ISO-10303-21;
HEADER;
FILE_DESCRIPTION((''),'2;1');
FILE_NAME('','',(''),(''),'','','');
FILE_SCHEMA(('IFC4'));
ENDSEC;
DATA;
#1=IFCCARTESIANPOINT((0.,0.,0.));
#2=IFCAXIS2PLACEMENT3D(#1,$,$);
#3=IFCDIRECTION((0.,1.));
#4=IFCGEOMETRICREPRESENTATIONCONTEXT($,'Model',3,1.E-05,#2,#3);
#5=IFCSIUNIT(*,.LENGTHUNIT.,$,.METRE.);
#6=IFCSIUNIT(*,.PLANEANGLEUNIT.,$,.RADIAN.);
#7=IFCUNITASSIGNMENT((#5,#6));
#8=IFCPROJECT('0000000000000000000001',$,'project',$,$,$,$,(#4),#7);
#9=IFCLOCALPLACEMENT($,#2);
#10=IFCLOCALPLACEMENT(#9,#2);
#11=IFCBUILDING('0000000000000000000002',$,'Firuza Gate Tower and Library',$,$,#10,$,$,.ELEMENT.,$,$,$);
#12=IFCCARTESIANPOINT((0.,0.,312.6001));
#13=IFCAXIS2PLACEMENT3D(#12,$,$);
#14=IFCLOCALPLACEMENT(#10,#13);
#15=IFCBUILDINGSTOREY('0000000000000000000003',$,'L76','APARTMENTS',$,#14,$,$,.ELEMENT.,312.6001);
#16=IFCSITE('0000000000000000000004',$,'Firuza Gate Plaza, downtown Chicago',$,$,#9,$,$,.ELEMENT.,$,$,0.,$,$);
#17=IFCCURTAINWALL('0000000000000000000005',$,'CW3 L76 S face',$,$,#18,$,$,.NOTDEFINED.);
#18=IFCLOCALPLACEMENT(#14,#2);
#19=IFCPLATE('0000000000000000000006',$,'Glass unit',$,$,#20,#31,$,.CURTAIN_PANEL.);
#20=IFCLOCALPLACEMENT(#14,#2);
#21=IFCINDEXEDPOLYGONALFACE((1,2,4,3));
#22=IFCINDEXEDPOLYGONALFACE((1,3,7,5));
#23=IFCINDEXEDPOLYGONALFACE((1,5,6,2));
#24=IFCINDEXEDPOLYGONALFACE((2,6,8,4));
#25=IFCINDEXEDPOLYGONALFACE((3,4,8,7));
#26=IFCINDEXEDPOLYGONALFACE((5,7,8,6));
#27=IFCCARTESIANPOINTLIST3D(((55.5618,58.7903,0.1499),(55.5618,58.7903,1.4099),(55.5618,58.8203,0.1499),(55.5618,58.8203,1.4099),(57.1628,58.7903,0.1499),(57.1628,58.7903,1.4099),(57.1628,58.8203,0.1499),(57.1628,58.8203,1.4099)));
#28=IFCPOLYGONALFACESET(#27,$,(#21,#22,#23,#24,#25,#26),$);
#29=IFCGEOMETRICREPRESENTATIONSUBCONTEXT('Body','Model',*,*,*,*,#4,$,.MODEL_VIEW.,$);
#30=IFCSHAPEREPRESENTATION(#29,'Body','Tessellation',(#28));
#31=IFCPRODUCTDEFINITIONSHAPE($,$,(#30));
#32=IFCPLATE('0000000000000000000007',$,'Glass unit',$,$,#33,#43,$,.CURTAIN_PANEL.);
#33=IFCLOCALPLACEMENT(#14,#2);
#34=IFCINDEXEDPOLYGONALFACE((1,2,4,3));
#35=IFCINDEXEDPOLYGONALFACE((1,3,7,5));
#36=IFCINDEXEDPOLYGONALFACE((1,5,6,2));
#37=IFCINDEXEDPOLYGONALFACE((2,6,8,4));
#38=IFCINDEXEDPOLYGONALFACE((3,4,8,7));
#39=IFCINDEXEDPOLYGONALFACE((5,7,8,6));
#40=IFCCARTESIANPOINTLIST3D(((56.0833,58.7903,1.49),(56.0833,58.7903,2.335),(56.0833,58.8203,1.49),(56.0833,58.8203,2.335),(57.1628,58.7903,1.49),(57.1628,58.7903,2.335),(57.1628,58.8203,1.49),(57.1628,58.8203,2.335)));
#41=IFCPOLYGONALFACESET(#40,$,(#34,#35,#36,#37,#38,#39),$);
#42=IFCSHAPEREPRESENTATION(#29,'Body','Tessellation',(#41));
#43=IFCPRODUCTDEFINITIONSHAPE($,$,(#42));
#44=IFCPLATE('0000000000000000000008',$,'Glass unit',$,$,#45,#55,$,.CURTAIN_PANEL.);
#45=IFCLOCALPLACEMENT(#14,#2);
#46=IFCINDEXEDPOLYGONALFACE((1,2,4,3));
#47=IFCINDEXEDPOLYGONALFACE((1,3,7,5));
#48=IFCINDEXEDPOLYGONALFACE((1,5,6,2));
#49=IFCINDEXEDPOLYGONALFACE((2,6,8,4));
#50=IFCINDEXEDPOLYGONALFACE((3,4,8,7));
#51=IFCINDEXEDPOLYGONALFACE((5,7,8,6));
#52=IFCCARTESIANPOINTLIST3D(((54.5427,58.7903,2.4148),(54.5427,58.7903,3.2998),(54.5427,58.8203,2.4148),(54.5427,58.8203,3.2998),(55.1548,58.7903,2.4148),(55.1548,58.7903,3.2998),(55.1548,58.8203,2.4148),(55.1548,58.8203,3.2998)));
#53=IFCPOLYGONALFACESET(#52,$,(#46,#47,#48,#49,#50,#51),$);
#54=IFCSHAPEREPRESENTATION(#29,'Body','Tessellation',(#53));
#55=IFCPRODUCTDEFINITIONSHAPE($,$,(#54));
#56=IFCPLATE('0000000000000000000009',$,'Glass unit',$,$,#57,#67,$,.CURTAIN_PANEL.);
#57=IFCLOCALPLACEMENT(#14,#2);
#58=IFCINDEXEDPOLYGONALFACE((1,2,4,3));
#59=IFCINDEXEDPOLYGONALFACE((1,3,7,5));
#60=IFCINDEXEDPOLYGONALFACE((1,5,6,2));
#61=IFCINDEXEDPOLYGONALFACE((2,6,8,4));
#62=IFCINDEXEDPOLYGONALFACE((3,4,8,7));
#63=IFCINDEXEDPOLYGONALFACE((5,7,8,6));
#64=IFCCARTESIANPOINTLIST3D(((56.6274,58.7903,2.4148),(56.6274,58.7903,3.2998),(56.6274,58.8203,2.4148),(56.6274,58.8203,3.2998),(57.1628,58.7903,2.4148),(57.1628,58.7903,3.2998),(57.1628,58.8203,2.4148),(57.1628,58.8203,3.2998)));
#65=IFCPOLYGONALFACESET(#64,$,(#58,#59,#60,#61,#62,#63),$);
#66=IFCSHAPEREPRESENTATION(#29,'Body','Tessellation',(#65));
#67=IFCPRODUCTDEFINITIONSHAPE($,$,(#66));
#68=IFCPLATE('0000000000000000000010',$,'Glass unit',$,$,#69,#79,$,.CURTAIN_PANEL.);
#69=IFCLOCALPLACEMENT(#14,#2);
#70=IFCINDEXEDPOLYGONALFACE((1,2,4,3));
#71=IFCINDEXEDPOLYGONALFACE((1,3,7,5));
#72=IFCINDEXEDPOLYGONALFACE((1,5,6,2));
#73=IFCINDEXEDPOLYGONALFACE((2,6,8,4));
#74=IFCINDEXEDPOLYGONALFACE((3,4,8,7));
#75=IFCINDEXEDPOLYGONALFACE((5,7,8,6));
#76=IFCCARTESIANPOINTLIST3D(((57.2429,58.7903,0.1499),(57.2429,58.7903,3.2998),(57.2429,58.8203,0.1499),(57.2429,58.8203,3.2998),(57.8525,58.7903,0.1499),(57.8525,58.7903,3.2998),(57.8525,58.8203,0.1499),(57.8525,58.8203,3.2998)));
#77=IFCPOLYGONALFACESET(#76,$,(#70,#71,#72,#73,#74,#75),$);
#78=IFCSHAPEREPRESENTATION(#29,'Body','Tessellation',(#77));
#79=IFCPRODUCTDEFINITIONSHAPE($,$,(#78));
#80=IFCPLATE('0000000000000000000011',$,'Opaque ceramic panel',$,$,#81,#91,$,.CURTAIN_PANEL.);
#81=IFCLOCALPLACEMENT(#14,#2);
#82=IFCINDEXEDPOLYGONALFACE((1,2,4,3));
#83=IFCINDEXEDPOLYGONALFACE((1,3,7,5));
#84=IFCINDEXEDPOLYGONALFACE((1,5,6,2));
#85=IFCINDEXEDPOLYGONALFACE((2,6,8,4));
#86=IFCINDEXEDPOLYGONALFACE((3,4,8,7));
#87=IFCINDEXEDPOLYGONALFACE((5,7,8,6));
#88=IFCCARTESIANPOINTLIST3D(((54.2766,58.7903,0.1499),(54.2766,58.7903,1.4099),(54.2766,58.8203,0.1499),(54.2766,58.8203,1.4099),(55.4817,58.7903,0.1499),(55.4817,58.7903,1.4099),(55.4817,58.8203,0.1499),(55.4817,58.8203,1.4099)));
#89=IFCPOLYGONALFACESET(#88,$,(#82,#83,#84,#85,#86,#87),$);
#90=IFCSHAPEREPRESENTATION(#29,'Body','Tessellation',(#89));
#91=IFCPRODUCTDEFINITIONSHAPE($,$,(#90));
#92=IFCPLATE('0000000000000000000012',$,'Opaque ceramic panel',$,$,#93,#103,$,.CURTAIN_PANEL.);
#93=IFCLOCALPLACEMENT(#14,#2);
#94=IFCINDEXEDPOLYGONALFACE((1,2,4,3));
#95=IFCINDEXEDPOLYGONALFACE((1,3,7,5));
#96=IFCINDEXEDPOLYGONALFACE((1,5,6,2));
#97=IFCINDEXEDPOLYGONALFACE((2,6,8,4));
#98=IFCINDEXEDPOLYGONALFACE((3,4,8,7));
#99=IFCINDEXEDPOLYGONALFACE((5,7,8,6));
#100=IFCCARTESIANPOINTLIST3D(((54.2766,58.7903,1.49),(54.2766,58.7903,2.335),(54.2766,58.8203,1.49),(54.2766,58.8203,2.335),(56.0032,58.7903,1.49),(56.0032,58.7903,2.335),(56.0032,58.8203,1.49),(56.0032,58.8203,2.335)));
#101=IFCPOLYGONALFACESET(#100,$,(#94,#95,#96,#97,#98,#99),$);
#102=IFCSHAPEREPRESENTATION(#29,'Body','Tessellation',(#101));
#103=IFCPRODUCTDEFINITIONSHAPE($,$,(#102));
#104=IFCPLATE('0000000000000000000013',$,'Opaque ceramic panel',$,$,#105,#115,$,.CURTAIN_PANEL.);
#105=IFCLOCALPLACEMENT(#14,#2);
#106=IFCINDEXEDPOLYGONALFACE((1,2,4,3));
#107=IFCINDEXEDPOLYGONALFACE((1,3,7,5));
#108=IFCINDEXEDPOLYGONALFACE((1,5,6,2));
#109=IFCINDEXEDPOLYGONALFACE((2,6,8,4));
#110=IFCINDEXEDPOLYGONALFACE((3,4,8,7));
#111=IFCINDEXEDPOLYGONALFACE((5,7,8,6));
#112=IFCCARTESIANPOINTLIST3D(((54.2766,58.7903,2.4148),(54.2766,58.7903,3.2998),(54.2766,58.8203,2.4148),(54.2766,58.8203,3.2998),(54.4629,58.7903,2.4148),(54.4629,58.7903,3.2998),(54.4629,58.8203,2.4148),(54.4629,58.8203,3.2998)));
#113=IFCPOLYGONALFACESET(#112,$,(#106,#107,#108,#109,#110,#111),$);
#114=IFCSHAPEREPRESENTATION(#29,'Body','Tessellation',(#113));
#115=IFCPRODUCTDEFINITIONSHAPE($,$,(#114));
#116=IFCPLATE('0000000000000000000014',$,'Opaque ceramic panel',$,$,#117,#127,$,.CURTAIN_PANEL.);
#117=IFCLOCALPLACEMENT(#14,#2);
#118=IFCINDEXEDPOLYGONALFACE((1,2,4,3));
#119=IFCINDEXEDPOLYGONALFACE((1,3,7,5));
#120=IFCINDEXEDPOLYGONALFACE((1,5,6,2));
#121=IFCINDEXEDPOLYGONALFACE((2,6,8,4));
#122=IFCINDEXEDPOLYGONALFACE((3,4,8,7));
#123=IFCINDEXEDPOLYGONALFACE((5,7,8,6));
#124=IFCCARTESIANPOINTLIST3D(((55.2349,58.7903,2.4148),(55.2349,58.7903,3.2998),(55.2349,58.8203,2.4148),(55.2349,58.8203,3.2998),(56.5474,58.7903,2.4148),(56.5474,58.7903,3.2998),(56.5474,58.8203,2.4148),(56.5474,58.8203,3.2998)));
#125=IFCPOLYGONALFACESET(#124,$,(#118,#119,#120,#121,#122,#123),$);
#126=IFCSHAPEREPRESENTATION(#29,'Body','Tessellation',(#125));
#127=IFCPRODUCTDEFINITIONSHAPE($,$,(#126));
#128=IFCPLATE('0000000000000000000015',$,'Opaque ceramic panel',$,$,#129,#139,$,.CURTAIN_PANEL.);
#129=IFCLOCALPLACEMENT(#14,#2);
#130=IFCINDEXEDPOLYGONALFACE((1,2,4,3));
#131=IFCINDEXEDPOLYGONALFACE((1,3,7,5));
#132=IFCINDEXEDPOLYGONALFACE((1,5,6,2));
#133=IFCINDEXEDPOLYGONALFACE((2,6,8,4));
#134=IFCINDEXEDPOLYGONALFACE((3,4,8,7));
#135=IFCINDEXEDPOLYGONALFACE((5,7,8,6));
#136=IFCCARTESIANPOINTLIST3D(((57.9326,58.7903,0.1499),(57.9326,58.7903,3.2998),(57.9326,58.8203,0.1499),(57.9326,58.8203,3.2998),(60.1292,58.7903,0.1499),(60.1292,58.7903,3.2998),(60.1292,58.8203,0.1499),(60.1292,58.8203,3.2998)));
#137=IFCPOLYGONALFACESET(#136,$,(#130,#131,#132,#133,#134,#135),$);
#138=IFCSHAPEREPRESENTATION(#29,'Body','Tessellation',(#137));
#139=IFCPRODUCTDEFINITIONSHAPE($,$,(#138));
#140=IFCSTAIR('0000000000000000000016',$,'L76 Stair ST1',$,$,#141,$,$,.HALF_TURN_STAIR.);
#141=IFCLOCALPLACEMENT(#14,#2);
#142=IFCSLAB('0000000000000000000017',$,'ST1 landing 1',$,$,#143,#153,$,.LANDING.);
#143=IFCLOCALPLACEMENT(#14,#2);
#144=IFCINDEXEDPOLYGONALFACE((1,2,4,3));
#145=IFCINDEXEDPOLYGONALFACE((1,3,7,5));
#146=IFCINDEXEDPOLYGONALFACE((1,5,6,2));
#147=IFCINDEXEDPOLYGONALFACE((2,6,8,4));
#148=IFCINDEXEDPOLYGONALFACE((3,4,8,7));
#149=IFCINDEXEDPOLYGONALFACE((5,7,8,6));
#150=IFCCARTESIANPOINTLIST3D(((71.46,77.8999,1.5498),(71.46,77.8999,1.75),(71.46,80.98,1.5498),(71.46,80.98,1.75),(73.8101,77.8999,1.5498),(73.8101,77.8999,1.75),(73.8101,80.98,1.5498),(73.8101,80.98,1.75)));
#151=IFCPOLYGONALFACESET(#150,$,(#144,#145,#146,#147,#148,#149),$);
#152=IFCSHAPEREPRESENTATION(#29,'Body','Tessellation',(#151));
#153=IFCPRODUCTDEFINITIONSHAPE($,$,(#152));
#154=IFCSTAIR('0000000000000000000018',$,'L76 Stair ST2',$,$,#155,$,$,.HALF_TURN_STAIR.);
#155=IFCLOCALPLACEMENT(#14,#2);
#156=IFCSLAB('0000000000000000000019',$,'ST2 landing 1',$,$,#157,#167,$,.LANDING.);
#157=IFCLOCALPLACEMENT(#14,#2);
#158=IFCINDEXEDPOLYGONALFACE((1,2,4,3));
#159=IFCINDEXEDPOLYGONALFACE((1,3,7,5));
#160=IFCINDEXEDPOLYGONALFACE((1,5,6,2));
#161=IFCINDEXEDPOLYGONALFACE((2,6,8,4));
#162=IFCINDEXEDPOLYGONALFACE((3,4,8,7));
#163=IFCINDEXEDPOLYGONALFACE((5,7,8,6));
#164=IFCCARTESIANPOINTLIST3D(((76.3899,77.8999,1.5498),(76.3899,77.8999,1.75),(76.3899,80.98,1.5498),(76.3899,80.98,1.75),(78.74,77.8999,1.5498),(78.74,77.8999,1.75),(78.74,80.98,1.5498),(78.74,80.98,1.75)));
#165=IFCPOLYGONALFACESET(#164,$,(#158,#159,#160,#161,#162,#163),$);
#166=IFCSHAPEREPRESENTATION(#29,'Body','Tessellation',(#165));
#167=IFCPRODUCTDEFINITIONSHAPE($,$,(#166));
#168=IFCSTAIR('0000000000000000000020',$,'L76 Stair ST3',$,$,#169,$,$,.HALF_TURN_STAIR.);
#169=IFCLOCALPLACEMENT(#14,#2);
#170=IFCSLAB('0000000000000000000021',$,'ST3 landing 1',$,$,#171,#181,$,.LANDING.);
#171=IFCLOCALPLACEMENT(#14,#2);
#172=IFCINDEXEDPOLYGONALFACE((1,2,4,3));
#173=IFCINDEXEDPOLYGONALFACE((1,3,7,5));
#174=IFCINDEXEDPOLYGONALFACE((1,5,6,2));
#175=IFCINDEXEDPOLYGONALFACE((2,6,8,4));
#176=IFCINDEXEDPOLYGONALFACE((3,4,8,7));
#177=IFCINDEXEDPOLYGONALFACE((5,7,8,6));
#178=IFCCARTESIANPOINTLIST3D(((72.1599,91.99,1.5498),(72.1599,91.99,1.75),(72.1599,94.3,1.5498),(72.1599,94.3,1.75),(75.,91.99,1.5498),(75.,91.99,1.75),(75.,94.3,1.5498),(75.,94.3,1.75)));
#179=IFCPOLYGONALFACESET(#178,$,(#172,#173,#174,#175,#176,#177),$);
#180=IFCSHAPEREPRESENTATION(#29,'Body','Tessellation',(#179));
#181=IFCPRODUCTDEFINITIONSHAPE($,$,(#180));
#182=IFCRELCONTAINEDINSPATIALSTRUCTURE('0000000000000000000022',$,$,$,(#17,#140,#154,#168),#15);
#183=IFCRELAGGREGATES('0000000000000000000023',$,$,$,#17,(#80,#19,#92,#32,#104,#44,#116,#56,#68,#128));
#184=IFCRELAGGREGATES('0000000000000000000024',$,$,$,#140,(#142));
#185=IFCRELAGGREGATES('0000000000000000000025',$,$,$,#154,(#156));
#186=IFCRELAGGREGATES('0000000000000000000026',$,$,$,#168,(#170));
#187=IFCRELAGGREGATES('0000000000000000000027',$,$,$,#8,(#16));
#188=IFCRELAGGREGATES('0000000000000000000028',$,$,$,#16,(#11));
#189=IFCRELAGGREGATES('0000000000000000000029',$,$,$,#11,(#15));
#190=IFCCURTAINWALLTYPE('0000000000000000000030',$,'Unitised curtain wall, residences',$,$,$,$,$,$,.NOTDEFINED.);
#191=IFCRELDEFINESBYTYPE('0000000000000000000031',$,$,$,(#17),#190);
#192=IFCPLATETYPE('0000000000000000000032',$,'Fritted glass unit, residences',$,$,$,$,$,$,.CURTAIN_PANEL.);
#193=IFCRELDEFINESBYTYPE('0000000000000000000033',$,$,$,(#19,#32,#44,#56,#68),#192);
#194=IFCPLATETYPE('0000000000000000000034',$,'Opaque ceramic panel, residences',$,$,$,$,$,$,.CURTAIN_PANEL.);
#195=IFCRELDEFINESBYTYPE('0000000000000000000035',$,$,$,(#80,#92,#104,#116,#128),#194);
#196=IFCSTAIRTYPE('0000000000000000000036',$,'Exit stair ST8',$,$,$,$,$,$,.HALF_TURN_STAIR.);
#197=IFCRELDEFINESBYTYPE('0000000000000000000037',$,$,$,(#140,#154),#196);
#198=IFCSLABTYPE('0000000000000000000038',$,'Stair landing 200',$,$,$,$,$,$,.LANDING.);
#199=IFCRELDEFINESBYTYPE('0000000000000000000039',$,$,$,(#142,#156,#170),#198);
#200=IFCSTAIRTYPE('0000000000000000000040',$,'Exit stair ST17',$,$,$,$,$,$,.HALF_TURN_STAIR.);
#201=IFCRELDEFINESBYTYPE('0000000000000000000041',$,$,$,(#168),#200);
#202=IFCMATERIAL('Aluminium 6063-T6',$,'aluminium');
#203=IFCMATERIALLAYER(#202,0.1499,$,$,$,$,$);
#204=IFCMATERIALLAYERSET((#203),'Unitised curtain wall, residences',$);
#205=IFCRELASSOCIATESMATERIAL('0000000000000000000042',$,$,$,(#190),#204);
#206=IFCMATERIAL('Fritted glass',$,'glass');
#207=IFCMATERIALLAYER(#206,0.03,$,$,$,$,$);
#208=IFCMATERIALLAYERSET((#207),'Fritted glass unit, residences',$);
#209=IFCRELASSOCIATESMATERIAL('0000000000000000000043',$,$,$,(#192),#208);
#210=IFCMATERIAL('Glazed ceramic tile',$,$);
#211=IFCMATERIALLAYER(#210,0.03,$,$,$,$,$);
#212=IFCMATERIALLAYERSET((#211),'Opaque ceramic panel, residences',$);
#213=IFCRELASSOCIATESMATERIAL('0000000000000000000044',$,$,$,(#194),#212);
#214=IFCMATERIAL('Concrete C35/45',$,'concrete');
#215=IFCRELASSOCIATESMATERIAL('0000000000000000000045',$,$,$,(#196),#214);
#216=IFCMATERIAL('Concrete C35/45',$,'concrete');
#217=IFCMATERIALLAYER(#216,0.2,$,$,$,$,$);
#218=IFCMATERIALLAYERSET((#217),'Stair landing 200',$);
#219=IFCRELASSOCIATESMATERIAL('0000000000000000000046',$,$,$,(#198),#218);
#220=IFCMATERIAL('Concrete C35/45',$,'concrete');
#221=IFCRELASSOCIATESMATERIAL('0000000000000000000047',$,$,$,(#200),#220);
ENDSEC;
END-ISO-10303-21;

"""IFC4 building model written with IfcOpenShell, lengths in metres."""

from ifc_helpers import new_model, si_unit, direction, frame, origin, place, context, subcontext, project, spatial, polyline, outline, extrude, material, layer, layer_set, type_object, element, aggregate, save


model = new_model("IFC4")

# Units and contexts
model_context = context("Model", 3, precision=1e-05, world=origin(), true_north=direction((0.0, 1.0)))
body_context = subcontext(model_context, "Body", "Model", "MODEL_VIEW")
ifc_project = project(units=[si_unit("LENGTHUNIT", "METRE"), si_unit("PLANEANGLEUNIT", "RADIAN")], contexts=[model_context])

# Site, building, storey
site_placement = place(None, origin())
site = spatial("IfcSite", under=ifc_project, at=site_placement, Name="Firuza Gate Plaza, downtown Chicago", CompositionType="ELEMENT", RefElevation=0.0)
building_placement = place(site_placement, origin())
building = spatial("IfcBuilding", under=site, at=building_placement, Name="Firuza Gate Tower and Library", CompositionType="ELEMENT")
storey_placement = place(building_placement, frame((0.0, 0.0, 312.6001)))
storey = spatial("IfcBuildingStorey", under=building, at=storey_placement, Name="L76", Description="APARTMENTS", CompositionType="ELEMENT", Elevation=312.6001)

# Curtain wall
ifc_material_1 = material(Name="Aluminium 6063-T6", Category="aluminium")
ifc_layer_1 = layer(ifc_material_1, 0.1499)
ifc_layer_set_1 = layer_set([ifc_layer_1], Name="Unitised curtain wall, residences")
curtain_wall_type_1 = type_object("IfcCurtainWallType", Name="Unitised curtain wall, residences", PredefinedType="NOTDEFINED", material=ifc_layer_set_1)
placement_1 = place(storey_placement, origin())
curtain_wall_1 = element("IfcCurtainWall", 1, at=placement_1, inside=storey, type_object=curtain_wall_type_1, Name="CW3 L76 S face", PredefinedType="NOTDEFINED")

# Plates
ifc_material_2 = material(Name="Fritted glass", Category="glass")
ifc_layer_2 = layer(ifc_material_2, 0.03)
ifc_layer_set_2 = layer_set([ifc_layer_2], Name="Fritted glass unit, residences")
plate_type_1 = type_object("IfcPlateType", Name="Fritted glass unit, residences", PredefinedType="CURTAIN_PANEL", material=ifc_layer_set_2)
plate_1_placement = place(storey_placement, frame((55.5618, 58.7903, 0.1499), z_axis=(0.0, -1.0, 0.0), x_axis=(1.0, 0.0, 0.0)))
plate_1 = element("IfcPlate", 2, at=plate_1_placement, type_object=plate_type_1, Name="Glass unit", PredefinedType="CURTAIN_PANEL", context=body_context, shape_type="SweptSolid", body=[
    extrude(outline(polyline([(0.0, 0.0), (1.6011, 0.0), (1.6011, 1.26), (0.0, 1.26), (0.0, 0.0)])), origin(), (0.0, 0.0, -1.0), 0.03),
])
plate_2_placement = place(storey_placement, frame((56.0833, 58.7903, 1.49), z_axis=(0.0, -1.0, 0.0), x_axis=(1.0, 0.0, 0.0)))
plate_2 = element("IfcPlate", 3, at=plate_2_placement, type_object=plate_type_1, Name="Glass unit", PredefinedType="CURTAIN_PANEL", context=body_context, shape_type="SweptSolid", body=[
    extrude(outline(polyline([(0.0, 0.0), (1.0796, 0.0), (1.0796, 0.845), (0.0, 0.845), (0.0, 0.0)])), origin(), (0.0, 0.0, -1.0), 0.03),
])
plate_3_placement = place(storey_placement, frame((54.5427, 58.7903, 2.4148), z_axis=(0.0, -1.0, 0.0), x_axis=(1.0, 0.0, 0.0)))
plate_3 = element("IfcPlate", 4, at=plate_3_placement, type_object=plate_type_1, Name="Glass unit", PredefinedType="CURTAIN_PANEL", context=body_context, shape_type="SweptSolid", body=[
    extrude(outline(polyline([(0.0, 0.0), (0.6121, 0.0), (0.6121, 0.885), (0.0, 0.885), (0.0, 0.0)])), origin(), (0.0, 0.0, -1.0), 0.03),
])
plate_4_placement = place(storey_placement, frame((56.6274, 58.7903, 2.4148), z_axis=(0.0, -1.0, 0.0), x_axis=(1.0, 0.0, 0.0)))
plate_4 = element("IfcPlate", 5, at=plate_4_placement, type_object=plate_type_1, Name="Glass unit", PredefinedType="CURTAIN_PANEL", context=body_context, shape_type="SweptSolid", body=[
    extrude(outline(polyline([(0.0, 0.0), (0.5354, 0.0), (0.5354, 0.885), (0.0, 0.885), (0.0, 0.0)])), origin(), (0.0, 0.0, -1.0), 0.03),
])
plate_5_placement = place(storey_placement, frame((57.2429, 58.7903, 0.1499), z_axis=(0.0, -1.0, 0.0), x_axis=(1.0, 0.0, 0.0)))
plate_5 = element("IfcPlate", 6, at=plate_5_placement, type_object=plate_type_1, Name="Glass unit", PredefinedType="CURTAIN_PANEL", context=body_context, shape_type="SweptSolid", body=[
    extrude(outline(polyline([(0.0, 0.0), (0.6096, 0.0), (0.6096, 3.1499), (0.0, 3.1499), (0.0, 0.0)])), origin(), (0.0, 0.0, -1.0), 0.03),
])
ifc_material_3 = material(Name="Glazed ceramic tile")
ifc_layer_3 = layer(ifc_material_3, 0.03)
ifc_layer_set_3 = layer_set([ifc_layer_3], Name="Opaque ceramic panel, residences")
plate_type_2 = type_object("IfcPlateType", Name="Opaque ceramic panel, residences", PredefinedType="CURTAIN_PANEL", material=ifc_layer_set_3)
plate_6_placement = place(storey_placement, frame((54.2766, 58.7903, 0.1499), z_axis=(0.0, -1.0, 0.0), x_axis=(1.0, 0.0, 0.0)))
plate_6 = element("IfcPlate", 7, at=plate_6_placement, type_object=plate_type_2, Name="Opaque ceramic panel", PredefinedType="CURTAIN_PANEL", context=body_context, shape_type="SweptSolid", body=[
    extrude(outline(polyline([(0.0, 0.0), (1.2051, 0.0), (1.2051, 1.26), (0.0, 1.26), (0.0, 0.0)])), origin(), (0.0, 0.0, -1.0), 0.03),
])
plate_7_placement = place(storey_placement, frame((54.2766, 58.7903, 1.49), z_axis=(0.0, -1.0, 0.0), x_axis=(1.0, 0.0, 0.0)))
plate_7 = element("IfcPlate", 8, at=plate_7_placement, type_object=plate_type_2, Name="Opaque ceramic panel", PredefinedType="CURTAIN_PANEL", context=body_context, shape_type="SweptSolid", body=[
    extrude(outline(polyline([(0.0, 0.0), (1.7266, 0.0), (1.7266, 0.845), (0.0, 0.845), (0.0, 0.0)])), origin(), (0.0, 0.0, -1.0), 0.03),
])
plate_8_placement = place(storey_placement, frame((54.2766, 58.7903, 2.4148), z_axis=(0.0, -1.0, 0.0), x_axis=(1.0, 0.0, 0.0)))
plate_8 = element("IfcPlate", 9, at=plate_8_placement, type_object=plate_type_2, Name="Opaque ceramic panel", PredefinedType="CURTAIN_PANEL", context=body_context, shape_type="SweptSolid", body=[
    extrude(outline(polyline([(0.0, 0.0), (0.1863, 0.0), (0.1863, 0.885), (0.0, 0.885), (0.0, 0.0)])), origin(), (0.0, 0.0, -1.0), 0.03),
])
plate_9_placement = place(storey_placement, frame((55.2349, 58.7903, 2.4148), z_axis=(0.0, -1.0, 0.0), x_axis=(1.0, 0.0, 0.0)))
plate_9 = element("IfcPlate", 10, at=plate_9_placement, type_object=plate_type_2, Name="Opaque ceramic panel", PredefinedType="CURTAIN_PANEL", context=body_context, shape_type="SweptSolid", body=[
    extrude(outline(polyline([(0.0, 0.0), (1.3125, 0.0), (1.3125, 0.885), (0.0, 0.885), (0.0, 0.0)])), origin(), (0.0, 0.0, -1.0), 0.03),
])
plate_10_placement = place(storey_placement, frame((57.9326, 58.7903, 0.1499), z_axis=(0.0, -1.0, 0.0), x_axis=(1.0, 0.0, 0.0)))
plate_10 = element("IfcPlate", 11, at=plate_10_placement, type_object=plate_type_2, Name="Opaque ceramic panel", PredefinedType="CURTAIN_PANEL", context=body_context, shape_type="SweptSolid", body=[
    extrude(outline(polyline([(0.0, 0.0), (2.1965, 0.0), (2.1965, 3.1499), (0.0, 3.1499), (0.0, 0.0)])), origin(), (0.0, 0.0, -1.0), 0.03),
])
aggregate(curtain_wall_1, [plate_6, plate_1, plate_7, plate_2, plate_8, plate_3, plate_9, plate_4, plate_5, plate_10])

# Stairs, slabs
ifc_material_4 = material(Name="Concrete C35/45", Category="concrete")
stair_type_1 = type_object("IfcStairType", Name="Exit stair ST8", PredefinedType="HALF_TURN_STAIR", material=ifc_material_4)
stair_1 = element("IfcStair", 12, at=placement_1, inside=storey, type_object=stair_type_1, Name="L76 Stair ST1", PredefinedType="HALF_TURN_STAIR")
ifc_material_5 = material(Name="Concrete C35/45", Category="concrete")
ifc_layer_4 = layer(ifc_material_5, 0.2)
ifc_layer_set_4 = layer_set([ifc_layer_4], Name="Stair landing 200")
slab_type_1 = type_object("IfcSlabType", Name="Stair landing 200", PredefinedType="LANDING", material=ifc_layer_set_4)
placement_2 = place(storey_placement, frame((0.0, 0.0, 1.5498)))
slab_1 = element("IfcSlab", 13, at=placement_2, type_object=slab_type_1, Name="ST1 landing 1", PredefinedType="LANDING", context=body_context, shape_type="SweptSolid", body=[
    extrude(outline(polyline([(71.46, 77.8999), (73.8101, 77.8999), (73.8101, 80.98), (71.46, 80.98), (71.46, 77.8999)])), origin(), (0.0, 0.0, 1.0), 0.2002),
])
aggregate(stair_1, [slab_1])
stair_2 = element("IfcStair", 14, at=placement_1, inside=storey, type_object=stair_type_1, Name="L76 Stair ST2", PredefinedType="HALF_TURN_STAIR")
slab_2 = element("IfcSlab", 15, at=placement_2, type_object=slab_type_1, Name="ST2 landing 1", PredefinedType="LANDING", context=body_context, shape_type="SweptSolid", body=[
    extrude(outline(polyline([(78.74, 80.98), (76.3899, 80.98), (76.3899, 77.8999), (78.74, 77.8999), (78.74, 80.98)])), origin(), (0.0, 0.0, 1.0), 0.2002),
])
aggregate(stair_2, [slab_2])
ifc_material_6 = material(Name="Concrete C35/45", Category="concrete")
stair_type_2 = type_object("IfcStairType", Name="Exit stair ST17", PredefinedType="HALF_TURN_STAIR", material=ifc_material_6)
stair_3 = element("IfcStair", 16, at=placement_1, inside=storey, type_object=stair_type_2, Name="L76 Stair ST3", PredefinedType="HALF_TURN_STAIR")
slab_3 = element("IfcSlab", 17, at=placement_2, type_object=slab_type_1, Name="ST3 landing 1", PredefinedType="LANDING", context=body_context, shape_type="SweptSolid", body=[
    extrude(outline(polyline([(75.0, 91.99), (75.0, 94.3), (72.1599, 94.3), (72.1599, 91.99), (75.0, 91.99)])), origin(), (0.0, 0.0, 1.0), 0.2002),
])
aggregate(stair_3, [slab_3])

save(model, "model.ifc")
